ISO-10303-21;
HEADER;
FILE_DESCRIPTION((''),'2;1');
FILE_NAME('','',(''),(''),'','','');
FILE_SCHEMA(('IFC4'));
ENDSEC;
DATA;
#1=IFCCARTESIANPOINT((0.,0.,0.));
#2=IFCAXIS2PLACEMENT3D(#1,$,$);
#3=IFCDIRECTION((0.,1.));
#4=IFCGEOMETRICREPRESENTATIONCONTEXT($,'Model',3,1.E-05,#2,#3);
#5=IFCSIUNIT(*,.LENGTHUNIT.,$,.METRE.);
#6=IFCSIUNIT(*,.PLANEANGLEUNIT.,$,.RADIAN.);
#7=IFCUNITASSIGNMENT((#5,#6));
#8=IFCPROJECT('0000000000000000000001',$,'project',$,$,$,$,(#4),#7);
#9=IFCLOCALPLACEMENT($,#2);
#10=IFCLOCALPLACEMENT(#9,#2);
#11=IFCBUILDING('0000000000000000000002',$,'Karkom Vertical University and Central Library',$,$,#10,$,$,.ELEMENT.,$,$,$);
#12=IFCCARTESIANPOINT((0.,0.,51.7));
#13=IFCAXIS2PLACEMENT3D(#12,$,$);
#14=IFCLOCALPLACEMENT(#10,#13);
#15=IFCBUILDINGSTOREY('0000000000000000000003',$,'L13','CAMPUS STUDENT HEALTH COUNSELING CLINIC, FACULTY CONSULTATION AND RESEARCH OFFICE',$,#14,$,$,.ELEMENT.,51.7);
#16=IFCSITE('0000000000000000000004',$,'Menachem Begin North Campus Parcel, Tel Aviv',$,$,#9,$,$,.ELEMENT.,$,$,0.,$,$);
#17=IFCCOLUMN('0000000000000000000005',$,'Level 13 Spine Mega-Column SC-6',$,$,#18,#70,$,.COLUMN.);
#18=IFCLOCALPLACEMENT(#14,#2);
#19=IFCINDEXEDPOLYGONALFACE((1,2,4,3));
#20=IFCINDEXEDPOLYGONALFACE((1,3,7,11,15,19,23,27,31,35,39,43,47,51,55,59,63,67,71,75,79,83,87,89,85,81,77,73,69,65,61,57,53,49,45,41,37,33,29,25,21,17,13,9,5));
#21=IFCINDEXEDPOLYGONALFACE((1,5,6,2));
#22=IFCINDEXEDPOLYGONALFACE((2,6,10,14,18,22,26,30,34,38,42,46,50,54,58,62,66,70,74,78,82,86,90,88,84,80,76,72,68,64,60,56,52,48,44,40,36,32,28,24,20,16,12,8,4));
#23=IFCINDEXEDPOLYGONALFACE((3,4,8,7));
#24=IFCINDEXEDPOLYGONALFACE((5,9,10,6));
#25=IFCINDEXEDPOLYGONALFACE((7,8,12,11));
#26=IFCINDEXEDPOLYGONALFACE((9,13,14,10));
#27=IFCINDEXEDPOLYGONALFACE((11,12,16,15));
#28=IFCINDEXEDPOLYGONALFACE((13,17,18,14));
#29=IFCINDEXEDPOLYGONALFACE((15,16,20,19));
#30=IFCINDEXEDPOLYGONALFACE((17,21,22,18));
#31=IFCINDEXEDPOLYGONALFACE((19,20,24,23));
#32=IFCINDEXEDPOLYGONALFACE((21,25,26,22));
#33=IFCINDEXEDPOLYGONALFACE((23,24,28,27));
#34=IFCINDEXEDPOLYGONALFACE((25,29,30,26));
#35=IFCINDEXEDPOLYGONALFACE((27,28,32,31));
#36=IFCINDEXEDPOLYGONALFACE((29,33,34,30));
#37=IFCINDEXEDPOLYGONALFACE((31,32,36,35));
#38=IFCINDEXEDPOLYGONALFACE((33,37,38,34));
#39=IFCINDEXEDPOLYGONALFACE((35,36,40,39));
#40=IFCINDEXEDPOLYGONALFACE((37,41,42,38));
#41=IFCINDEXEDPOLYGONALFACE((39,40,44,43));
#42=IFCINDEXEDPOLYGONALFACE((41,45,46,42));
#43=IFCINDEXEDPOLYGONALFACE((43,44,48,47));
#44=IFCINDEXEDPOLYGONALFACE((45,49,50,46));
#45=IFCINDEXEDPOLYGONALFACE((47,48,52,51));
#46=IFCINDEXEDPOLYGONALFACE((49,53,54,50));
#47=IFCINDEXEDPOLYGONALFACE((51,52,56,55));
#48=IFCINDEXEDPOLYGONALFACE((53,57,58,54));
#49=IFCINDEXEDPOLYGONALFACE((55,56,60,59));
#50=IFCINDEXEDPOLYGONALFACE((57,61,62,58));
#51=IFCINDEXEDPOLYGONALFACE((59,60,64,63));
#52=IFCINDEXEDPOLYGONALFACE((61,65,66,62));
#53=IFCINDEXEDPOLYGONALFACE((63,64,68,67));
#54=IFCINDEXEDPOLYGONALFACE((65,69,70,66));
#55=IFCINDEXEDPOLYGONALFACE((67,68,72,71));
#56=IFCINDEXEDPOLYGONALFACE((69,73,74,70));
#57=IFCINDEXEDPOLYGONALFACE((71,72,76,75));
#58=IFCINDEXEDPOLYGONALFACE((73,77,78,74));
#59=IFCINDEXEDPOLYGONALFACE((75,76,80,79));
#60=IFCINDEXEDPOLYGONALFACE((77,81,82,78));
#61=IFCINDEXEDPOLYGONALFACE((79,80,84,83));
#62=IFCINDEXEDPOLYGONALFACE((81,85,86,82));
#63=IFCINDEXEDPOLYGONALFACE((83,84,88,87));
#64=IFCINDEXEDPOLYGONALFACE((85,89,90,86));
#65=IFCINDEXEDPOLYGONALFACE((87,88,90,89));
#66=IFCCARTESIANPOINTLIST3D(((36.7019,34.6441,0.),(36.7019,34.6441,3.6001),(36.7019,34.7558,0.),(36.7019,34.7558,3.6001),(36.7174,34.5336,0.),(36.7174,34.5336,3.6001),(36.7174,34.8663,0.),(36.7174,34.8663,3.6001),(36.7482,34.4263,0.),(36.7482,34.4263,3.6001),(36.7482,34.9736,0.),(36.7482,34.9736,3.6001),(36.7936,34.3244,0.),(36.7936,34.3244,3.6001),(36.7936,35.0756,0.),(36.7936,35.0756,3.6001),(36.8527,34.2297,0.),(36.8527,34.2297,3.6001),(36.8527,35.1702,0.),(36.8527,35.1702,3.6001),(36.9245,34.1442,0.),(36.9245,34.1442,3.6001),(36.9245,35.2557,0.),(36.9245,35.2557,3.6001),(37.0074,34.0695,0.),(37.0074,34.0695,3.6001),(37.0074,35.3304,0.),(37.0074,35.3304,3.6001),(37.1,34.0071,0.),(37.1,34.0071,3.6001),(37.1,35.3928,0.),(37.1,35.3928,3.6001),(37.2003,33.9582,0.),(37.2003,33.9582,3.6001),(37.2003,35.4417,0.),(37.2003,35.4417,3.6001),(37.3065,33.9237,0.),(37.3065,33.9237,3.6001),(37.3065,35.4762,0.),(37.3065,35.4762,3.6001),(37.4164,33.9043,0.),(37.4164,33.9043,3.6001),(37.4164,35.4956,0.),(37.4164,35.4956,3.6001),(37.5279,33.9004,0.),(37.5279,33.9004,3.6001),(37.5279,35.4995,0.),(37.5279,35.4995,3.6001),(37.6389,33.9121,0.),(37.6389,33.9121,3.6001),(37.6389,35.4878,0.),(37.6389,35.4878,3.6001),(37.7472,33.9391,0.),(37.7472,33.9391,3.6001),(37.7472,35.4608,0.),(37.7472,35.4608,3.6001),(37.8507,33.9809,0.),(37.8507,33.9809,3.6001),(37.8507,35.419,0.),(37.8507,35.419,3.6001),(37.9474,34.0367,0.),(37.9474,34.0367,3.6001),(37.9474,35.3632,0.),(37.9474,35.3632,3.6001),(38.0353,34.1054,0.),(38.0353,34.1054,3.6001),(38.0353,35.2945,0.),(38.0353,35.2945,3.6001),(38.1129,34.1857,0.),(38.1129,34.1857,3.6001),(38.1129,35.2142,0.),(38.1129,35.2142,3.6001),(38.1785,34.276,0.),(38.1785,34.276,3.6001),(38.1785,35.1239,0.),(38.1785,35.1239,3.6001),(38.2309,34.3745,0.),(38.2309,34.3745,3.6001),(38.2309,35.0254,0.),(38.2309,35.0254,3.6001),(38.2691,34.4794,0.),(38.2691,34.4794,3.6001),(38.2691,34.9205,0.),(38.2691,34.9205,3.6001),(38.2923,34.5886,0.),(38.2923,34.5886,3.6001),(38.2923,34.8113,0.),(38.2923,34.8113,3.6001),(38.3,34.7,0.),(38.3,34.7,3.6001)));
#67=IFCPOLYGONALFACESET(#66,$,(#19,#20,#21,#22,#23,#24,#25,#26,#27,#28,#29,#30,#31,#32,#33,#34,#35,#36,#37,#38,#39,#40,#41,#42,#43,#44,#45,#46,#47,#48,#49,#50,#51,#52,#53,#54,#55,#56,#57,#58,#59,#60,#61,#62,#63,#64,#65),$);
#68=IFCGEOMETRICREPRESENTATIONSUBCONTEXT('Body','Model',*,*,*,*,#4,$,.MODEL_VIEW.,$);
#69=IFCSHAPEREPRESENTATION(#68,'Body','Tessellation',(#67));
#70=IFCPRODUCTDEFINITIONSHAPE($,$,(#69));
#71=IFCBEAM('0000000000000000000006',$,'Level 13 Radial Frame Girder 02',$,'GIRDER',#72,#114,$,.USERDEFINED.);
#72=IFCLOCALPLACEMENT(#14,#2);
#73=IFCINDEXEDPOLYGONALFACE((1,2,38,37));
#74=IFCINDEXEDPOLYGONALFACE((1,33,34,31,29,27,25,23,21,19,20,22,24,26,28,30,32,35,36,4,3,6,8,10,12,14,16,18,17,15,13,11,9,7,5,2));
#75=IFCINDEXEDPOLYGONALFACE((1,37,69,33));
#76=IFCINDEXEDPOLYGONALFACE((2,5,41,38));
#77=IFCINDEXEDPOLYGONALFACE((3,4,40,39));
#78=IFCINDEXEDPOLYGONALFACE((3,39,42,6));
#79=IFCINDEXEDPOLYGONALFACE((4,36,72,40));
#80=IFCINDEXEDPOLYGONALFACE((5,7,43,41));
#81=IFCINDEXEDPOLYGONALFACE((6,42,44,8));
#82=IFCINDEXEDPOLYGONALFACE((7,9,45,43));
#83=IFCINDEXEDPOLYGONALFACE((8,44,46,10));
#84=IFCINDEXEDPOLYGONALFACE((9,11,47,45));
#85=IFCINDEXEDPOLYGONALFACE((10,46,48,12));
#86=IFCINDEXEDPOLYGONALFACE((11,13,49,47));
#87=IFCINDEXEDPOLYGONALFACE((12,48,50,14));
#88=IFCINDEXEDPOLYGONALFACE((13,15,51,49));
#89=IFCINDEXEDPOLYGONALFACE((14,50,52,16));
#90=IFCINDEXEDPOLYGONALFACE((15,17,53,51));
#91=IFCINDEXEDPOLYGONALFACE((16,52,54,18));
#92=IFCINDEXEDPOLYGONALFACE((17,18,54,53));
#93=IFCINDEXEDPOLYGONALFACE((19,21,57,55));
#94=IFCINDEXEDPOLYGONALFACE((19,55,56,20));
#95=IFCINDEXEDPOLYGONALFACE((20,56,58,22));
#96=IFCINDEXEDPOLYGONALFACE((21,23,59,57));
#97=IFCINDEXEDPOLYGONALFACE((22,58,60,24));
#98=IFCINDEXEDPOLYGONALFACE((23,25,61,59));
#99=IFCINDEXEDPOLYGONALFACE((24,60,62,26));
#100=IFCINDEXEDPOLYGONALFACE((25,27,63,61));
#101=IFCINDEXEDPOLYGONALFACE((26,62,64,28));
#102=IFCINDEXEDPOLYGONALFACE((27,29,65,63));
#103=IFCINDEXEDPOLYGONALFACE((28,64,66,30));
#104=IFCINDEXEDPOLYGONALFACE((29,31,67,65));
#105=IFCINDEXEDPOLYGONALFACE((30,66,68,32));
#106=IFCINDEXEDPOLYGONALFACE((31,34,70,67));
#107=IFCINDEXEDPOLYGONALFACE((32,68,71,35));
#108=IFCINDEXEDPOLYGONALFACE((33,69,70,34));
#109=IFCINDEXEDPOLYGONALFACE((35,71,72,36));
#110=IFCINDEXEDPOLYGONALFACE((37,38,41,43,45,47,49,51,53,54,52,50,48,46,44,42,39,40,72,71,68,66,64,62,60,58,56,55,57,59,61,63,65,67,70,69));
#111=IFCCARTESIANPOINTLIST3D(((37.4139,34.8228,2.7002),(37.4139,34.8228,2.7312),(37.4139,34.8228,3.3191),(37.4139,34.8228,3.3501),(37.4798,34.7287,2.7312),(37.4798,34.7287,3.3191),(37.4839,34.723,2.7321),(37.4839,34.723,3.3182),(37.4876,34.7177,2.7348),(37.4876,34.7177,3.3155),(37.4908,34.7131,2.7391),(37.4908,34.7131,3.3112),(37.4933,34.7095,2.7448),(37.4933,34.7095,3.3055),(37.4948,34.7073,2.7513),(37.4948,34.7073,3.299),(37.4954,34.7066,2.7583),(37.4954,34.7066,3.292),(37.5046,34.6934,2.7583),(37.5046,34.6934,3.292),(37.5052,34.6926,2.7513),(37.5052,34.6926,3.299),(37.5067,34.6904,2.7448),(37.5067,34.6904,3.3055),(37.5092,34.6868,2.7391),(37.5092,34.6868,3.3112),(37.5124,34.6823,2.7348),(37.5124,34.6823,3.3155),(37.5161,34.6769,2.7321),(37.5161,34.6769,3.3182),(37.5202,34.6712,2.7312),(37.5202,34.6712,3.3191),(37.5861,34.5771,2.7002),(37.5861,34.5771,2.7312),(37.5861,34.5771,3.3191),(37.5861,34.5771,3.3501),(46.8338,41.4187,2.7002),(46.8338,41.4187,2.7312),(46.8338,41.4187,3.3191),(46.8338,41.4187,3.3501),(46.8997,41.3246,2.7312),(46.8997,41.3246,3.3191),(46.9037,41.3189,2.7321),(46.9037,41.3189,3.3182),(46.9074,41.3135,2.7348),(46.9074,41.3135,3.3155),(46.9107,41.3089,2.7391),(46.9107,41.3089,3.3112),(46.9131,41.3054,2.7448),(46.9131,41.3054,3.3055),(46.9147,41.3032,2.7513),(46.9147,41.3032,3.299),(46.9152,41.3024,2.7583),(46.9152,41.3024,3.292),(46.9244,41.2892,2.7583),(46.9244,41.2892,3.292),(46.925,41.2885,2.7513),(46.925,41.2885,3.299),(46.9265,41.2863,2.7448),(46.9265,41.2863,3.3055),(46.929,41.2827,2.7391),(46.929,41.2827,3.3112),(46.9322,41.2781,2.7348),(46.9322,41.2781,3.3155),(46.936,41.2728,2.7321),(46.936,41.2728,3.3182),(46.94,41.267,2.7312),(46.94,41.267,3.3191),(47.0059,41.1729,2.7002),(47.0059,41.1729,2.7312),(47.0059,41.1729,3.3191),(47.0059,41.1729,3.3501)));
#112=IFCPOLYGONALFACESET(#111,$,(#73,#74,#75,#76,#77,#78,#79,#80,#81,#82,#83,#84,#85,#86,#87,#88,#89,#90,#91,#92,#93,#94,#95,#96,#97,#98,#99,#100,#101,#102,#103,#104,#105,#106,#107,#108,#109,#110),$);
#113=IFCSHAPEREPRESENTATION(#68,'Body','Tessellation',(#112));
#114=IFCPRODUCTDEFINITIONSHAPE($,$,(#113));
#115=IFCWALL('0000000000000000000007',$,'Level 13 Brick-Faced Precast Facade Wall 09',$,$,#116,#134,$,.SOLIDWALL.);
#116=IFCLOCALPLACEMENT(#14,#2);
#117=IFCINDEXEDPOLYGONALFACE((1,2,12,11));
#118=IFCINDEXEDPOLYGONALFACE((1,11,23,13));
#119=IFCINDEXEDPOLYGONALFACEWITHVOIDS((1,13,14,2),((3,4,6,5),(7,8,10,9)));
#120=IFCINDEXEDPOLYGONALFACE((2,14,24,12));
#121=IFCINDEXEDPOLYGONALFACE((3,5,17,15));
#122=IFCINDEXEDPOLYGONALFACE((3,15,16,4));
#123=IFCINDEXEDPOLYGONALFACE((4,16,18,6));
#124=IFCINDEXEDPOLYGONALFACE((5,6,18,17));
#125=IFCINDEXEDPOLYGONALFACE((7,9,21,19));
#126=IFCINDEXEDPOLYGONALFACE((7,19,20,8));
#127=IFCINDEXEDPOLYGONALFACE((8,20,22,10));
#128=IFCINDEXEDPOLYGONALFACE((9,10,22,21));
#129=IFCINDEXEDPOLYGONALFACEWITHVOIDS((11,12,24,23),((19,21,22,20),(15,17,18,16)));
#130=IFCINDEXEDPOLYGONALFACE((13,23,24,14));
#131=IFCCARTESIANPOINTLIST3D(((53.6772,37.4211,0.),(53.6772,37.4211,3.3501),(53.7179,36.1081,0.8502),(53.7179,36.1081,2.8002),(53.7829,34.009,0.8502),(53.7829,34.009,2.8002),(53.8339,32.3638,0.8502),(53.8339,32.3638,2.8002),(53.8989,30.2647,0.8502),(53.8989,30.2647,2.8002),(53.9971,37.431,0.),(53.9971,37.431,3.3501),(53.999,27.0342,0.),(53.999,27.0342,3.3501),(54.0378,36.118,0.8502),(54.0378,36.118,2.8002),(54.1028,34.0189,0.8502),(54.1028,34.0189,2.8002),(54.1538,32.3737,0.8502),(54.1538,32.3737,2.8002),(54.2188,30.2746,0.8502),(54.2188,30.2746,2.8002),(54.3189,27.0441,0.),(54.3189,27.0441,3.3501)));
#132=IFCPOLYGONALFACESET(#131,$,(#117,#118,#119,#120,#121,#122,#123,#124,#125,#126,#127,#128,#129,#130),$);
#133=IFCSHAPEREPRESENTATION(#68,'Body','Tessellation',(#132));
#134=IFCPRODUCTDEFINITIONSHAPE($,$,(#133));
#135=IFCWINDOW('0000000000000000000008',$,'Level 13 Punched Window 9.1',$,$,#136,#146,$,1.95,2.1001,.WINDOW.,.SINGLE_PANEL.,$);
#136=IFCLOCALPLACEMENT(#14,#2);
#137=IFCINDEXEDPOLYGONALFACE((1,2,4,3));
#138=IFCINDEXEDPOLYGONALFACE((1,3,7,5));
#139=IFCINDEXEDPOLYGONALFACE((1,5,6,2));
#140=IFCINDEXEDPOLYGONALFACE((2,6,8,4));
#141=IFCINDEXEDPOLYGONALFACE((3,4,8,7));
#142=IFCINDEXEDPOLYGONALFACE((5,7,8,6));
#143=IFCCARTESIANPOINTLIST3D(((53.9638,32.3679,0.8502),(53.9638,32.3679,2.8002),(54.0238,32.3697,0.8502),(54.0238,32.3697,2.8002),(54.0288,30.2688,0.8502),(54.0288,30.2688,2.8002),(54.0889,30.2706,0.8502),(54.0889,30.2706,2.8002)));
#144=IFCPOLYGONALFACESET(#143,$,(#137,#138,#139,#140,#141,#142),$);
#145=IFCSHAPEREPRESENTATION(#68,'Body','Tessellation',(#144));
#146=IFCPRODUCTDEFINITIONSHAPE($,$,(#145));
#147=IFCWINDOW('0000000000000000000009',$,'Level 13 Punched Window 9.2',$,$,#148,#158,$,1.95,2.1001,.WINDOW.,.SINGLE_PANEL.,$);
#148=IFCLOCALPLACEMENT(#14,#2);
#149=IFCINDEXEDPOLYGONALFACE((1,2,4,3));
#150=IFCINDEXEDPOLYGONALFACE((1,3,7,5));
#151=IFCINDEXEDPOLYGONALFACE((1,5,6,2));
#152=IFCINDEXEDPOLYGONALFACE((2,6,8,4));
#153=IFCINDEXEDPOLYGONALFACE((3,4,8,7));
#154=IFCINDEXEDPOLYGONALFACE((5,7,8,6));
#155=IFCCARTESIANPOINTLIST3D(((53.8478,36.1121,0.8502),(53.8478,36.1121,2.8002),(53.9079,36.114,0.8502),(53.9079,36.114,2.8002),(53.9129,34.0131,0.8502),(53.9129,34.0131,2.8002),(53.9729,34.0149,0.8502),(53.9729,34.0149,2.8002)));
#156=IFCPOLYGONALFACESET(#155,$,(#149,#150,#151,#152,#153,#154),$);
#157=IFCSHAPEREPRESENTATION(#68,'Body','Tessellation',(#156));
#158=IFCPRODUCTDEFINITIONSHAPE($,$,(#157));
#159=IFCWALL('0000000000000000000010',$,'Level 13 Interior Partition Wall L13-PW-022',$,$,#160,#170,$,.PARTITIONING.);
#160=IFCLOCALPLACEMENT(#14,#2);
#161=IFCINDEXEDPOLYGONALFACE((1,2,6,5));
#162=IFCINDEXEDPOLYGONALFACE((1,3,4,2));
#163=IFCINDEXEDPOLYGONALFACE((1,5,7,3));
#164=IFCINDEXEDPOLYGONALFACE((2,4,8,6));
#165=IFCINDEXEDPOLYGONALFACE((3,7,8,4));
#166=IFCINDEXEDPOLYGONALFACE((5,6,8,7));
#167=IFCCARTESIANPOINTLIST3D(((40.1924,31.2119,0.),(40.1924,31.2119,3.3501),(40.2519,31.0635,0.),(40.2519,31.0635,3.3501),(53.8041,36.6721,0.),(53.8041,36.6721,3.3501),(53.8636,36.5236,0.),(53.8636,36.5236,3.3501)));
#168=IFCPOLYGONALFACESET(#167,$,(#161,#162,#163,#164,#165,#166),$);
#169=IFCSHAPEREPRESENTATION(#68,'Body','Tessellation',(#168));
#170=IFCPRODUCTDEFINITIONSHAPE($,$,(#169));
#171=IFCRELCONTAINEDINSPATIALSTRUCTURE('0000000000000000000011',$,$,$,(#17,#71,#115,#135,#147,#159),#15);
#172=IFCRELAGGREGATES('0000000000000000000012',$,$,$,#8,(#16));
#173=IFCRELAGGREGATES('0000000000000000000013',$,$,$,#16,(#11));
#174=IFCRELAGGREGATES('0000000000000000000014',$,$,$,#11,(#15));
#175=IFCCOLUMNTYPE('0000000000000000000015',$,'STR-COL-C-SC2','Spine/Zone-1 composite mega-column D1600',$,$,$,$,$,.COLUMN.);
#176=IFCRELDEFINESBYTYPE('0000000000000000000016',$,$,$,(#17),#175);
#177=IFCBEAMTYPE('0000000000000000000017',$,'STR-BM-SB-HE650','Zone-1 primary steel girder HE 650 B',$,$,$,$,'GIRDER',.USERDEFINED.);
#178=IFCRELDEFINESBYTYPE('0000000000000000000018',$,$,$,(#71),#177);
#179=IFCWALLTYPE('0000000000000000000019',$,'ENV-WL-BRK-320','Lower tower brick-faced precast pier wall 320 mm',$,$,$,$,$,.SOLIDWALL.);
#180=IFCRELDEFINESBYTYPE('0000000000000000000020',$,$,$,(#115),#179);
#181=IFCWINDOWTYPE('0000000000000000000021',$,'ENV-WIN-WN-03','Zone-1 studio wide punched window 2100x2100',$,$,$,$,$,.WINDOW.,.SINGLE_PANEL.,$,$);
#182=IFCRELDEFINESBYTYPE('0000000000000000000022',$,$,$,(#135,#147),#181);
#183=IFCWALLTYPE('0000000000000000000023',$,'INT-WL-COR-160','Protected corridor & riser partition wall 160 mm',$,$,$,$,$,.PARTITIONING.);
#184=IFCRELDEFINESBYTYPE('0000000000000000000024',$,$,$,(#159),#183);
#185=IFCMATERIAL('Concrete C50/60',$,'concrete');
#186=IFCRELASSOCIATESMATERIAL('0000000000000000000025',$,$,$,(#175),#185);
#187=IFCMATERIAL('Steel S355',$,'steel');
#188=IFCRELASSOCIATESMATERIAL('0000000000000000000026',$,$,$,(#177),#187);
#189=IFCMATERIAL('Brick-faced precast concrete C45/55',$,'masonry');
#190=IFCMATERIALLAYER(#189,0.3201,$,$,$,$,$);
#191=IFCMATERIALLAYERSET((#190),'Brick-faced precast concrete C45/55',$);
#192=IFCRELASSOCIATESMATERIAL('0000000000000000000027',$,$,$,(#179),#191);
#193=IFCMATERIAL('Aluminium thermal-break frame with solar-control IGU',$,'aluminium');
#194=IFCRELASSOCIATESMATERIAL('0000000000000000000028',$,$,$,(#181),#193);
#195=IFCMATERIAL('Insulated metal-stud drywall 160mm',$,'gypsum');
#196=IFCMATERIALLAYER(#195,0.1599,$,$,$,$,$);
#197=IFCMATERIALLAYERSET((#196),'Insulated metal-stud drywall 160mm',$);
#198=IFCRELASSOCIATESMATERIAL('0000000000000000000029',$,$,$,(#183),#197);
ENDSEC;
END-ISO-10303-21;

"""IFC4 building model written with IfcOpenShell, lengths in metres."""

from ifc_helpers import new_model, si_unit, direction, frame, frame_2d, origin, origin_with_axes, origin_2d, place, context, subcontext, project, spatial, rectangle, circle, i_section, extrude, source, transform, mapped, material, layer, layer_set, material_profile, profile_set, type_object, element, fill, save


model = new_model("IFC4")

# Units and contexts
model_context = context("Model", 3, precision=1e-05, world=origin(), true_north=direction((0.0, 1.0)))
body_context = subcontext(model_context, "Body", "Model", "MODEL_VIEW")
ifc_project = project(units=[si_unit("LENGTHUNIT", "METRE"), si_unit("PLANEANGLEUNIT", "RADIAN")], contexts=[model_context])

# Site, building, storey
site_placement = place(None, origin())
site = spatial("IfcSite", under=ifc_project, at=site_placement, Name="Menachem Begin North Campus Parcel, Tel Aviv", CompositionType="ELEMENT", RefElevation=0.0)
building_placement = place(site_placement, origin())
building = spatial("IfcBuilding", under=site, at=building_placement, Name="Karkom Vertical University and Central Library", CompositionType="ELEMENT")
storey_placement = place(building_placement, frame((0.0, 0.0, 51.7)))
storey = spatial("IfcBuildingStorey", under=building, at=storey_placement, Name="L13", Description="CAMPUS STUDENT HEALTH COUNSELING CLINIC, FACULTY CONSULTATION AND RESEARCH OFFICE", CompositionType="ELEMENT", Elevation=51.7)

# Column
ifc_material_1 = material(Name="Concrete C50/60", Category="concrete")
ifc_material_profile_1 = material_profile(ifc_material_1, circle(Radius=0.8, at=origin_2d()), Name="CFT-D1600")
ifc_profile_set_1 = profile_set([ifc_material_profile_1], Name="Concrete C50/60")
column_type = type_object("IfcColumnType", Name="STR-COL-C-SC2", Description="Spine/Zone-1 composite mega-column D1600", PredefinedType="COLUMN", material=ifc_profile_set_1)
shared_shape_1 = source(origin_with_axes(), body_context, "Body", "SweptSolid", [
    extrude(circle(Radius=0.8, at=origin_2d()), origin(), (0.0, 0.0, 1.0), 3.6001),
])
column_placement = place(storey_placement, frame((37.5, 34.7, 0.0), z_axis=(0.0, 0.0, 1.0), x_axis=(1.0, 0.0, 0.0)))
element("IfcColumn", 1, at=column_placement, inside=storey, type_object=column_type, Name="Level 13 Spine Mega-Column SC-6", PredefinedType="COLUMN", context=body_context, shape_type="MappedRepresentation", body=[
    mapped(shared_shape_1, transform((0.0, 0.0, 0.0), scale=1.0)),
])

# Beam
ifc_material_2 = material(Name="Steel S355", Category="steel")
ifc_material_profile_2 = material_profile(ifc_material_2, i_section(OverallWidth=0.3, OverallDepth=0.6499, WebThickness=0.0161, FlangeThickness=0.031, FilletRadius=0.0271, at=origin_2d()), Name="HE 650 B")
ifc_profile_set_2 = profile_set([ifc_material_profile_2], Name="Steel S355")
beam_type = type_object("IfcBeamType", Name="STR-BM-SB-HE650", Description="Zone-1 primary steel girder HE 650 B", ElementType="GIRDER", PredefinedType="USERDEFINED", material=ifc_profile_set_2)
shared_shape_2 = source(origin_with_axes(), body_context, "Body", "SweptSolid", [
    extrude(i_section(OverallWidth=0.3, OverallDepth=0.6499, WebThickness=0.0161, FlangeThickness=0.031, FilletRadius=0.0271, at=origin_2d()), origin(), (0.0, 0.0, 1.0), 11.4995),
])
beam_placement = place(storey_placement, frame((37.5, 34.7, 3.0251), z_axis=(0.81915, 0.573579, 0.0), x_axis=(-0.573579, 0.81915, 0.0)))
element("IfcBeam", 2, at=beam_placement, inside=storey, type_object=beam_type, Name="Level 13 Radial Frame Girder 02", ObjectType="GIRDER", PredefinedType="USERDEFINED", context=body_context, shape_type="MappedRepresentation", body=[
    mapped(shared_shape_2, transform((0.0, 0.0, 0.0), scale=1.0)),
])

# Wall, openings, windows
ifc_material_3 = material(Name="Brick-faced precast concrete C45/55", Category="masonry")
ifc_layer_1 = layer(ifc_material_3, 0.3201)
ifc_layer_set_1 = layer_set([ifc_layer_1], Name="Brick-faced precast concrete C45/55")
wall_type_1 = type_object("IfcWallType", Name="ENV-WL-BRK-320", Description="Lower tower brick-faced precast pier wall 320 mm", PredefinedType="SOLIDWALL", material=ifc_layer_set_1)
wall_1_placement = place(storey_placement, frame((54.1589, 27.0393, 0.0), z_axis=(0.0, 0.0, 1.0), x_axis=(-0.030964, 0.99952, 0.0)))
wall_1 = element("IfcWall", 3, at=wall_1_placement, inside=storey, type_object=wall_type_1, Name="Level 13 Brick-Faced Precast Facade Wall 09", PredefinedType="SOLIDWALL", context=body_context, shape_type="SweptSolid", body=[
    extrude(rectangle(XDim=10.3918, YDim=0.3201, at=frame_2d((5.1958, 0.0))), origin(), (0.0, 0.0, 1.0), 3.3501),
])
opening_1_placement = place(wall_1_placement, frame((3.2319, 0.0, 0.8501)))
opening_1 = element("IfcOpeningElement", 4, at=opening_1_placement, cuts=wall_1, PredefinedType="OPENING", context=body_context, shape_type="SweptSolid", body=[
    extrude(rectangle(XDim=2.1001, YDim=1.95, at=frame_2d((1.05, 0.9751))), frame((0.0, 0.1699, 0.0), z_axis=(0.0, -1.0, 0.0), x_axis=(1.0, 0.0, 0.0)), (0.0, 0.0, 1.0), 0.3401),
])
opening_2_placement = place(wall_1_placement, frame((6.978, 0.0, 0.8501)))
opening_2 = element("IfcOpeningElement", 5, at=opening_2_placement, cuts=wall_1, PredefinedType="OPENING", context=body_context, shape_type="SweptSolid", body=[
    extrude(rectangle(XDim=2.1001, YDim=1.95, at=frame_2d((1.05, 0.9751))), frame((0.0, 0.1699, 0.0), z_axis=(0.0, -1.0, 0.0), x_axis=(1.0, 0.0, 0.0)), (0.0, 0.0, 1.0), 0.3401),
])
ifc_material_4 = material(Name="Aluminium thermal-break frame with solar-control IGU", Category="aluminium")
window_type = type_object("IfcWindowType", Name="ENV-WIN-WN-03", Description="Zone-1 studio wide punched window 2100x2100", PartitioningType="SINGLE_PANEL", PredefinedType="WINDOW", material=ifc_material_4)
shared_shape_3 = source(origin_with_axes(), body_context, "Body", "SweptSolid", [
    extrude(rectangle(XDim=2.1001, YDim=1.95, at=frame_2d((1.05, 0.9751))), frame((0.0, 0.03, 0.0), z_axis=(0.0, -1.0, 0.0), x_axis=(1.0, 0.0, 0.0)), (0.0, 0.0, 1.0), 0.0601),
])
window_1_placement = place(opening_1_placement, origin())
window_1 = element("IfcWindow", 6, at=window_1_placement, inside=storey, type_object=window_type, Name="Level 13 Punched Window 9.1", OverallHeight=1.95, OverallWidth=2.1001, PartitioningType="SINGLE_PANEL", PredefinedType="WINDOW", context=body_context, shape_type="MappedRepresentation", body=[
    mapped(shared_shape_3, transform((0.0, 0.0, 0.0), scale=1.0)),
])
fill(opening_1, window_1)
window_2_placement = place(opening_2_placement, origin())
window_2 = element("IfcWindow", 7, at=window_2_placement, inside=storey, type_object=window_type, Name="Level 13 Punched Window 9.2", OverallHeight=1.95, OverallWidth=2.1001, PartitioningType="SINGLE_PANEL", PredefinedType="WINDOW", context=body_context, shape_type="MappedRepresentation", body=[
    mapped(shared_shape_3, transform((0.0, 0.0, 0.0), scale=1.0)),
])
fill(opening_2, window_2)

# Wall
ifc_material_5 = material(Name="Insulated metal-stud drywall 160mm", Category="gypsum")
ifc_layer_2 = layer(ifc_material_5, 0.1599)
ifc_layer_set_2 = layer_set([ifc_layer_2], Name="Insulated metal-stud drywall 160mm")
wall_type_2 = type_object("IfcWallType", Name="INT-WL-COR-160", Description="Protected corridor & riser partition wall 160 mm", PredefinedType="PARTITIONING", material=ifc_layer_set_2)
wall_2_placement = place(storey_placement, frame((40.2222, 31.1377, 0.0), z_axis=(0.0, 0.0, 1.0), x_axis=(0.928112, 0.3723, 0.0)))
element("IfcWall", 8, at=wall_2_placement, inside=storey, type_object=wall_type_2, Name="Level 13 Interior Partition Wall L13-PW-022", PredefinedType="PARTITIONING", context=body_context, shape_type="SweptSolid", body=[
    extrude(rectangle(XDim=14.666, YDim=0.1599, at=frame_2d((7.333, 0.0))), origin(), (0.0, 0.0, 1.0), 3.3501),
])

save(model, "model.ifc")
